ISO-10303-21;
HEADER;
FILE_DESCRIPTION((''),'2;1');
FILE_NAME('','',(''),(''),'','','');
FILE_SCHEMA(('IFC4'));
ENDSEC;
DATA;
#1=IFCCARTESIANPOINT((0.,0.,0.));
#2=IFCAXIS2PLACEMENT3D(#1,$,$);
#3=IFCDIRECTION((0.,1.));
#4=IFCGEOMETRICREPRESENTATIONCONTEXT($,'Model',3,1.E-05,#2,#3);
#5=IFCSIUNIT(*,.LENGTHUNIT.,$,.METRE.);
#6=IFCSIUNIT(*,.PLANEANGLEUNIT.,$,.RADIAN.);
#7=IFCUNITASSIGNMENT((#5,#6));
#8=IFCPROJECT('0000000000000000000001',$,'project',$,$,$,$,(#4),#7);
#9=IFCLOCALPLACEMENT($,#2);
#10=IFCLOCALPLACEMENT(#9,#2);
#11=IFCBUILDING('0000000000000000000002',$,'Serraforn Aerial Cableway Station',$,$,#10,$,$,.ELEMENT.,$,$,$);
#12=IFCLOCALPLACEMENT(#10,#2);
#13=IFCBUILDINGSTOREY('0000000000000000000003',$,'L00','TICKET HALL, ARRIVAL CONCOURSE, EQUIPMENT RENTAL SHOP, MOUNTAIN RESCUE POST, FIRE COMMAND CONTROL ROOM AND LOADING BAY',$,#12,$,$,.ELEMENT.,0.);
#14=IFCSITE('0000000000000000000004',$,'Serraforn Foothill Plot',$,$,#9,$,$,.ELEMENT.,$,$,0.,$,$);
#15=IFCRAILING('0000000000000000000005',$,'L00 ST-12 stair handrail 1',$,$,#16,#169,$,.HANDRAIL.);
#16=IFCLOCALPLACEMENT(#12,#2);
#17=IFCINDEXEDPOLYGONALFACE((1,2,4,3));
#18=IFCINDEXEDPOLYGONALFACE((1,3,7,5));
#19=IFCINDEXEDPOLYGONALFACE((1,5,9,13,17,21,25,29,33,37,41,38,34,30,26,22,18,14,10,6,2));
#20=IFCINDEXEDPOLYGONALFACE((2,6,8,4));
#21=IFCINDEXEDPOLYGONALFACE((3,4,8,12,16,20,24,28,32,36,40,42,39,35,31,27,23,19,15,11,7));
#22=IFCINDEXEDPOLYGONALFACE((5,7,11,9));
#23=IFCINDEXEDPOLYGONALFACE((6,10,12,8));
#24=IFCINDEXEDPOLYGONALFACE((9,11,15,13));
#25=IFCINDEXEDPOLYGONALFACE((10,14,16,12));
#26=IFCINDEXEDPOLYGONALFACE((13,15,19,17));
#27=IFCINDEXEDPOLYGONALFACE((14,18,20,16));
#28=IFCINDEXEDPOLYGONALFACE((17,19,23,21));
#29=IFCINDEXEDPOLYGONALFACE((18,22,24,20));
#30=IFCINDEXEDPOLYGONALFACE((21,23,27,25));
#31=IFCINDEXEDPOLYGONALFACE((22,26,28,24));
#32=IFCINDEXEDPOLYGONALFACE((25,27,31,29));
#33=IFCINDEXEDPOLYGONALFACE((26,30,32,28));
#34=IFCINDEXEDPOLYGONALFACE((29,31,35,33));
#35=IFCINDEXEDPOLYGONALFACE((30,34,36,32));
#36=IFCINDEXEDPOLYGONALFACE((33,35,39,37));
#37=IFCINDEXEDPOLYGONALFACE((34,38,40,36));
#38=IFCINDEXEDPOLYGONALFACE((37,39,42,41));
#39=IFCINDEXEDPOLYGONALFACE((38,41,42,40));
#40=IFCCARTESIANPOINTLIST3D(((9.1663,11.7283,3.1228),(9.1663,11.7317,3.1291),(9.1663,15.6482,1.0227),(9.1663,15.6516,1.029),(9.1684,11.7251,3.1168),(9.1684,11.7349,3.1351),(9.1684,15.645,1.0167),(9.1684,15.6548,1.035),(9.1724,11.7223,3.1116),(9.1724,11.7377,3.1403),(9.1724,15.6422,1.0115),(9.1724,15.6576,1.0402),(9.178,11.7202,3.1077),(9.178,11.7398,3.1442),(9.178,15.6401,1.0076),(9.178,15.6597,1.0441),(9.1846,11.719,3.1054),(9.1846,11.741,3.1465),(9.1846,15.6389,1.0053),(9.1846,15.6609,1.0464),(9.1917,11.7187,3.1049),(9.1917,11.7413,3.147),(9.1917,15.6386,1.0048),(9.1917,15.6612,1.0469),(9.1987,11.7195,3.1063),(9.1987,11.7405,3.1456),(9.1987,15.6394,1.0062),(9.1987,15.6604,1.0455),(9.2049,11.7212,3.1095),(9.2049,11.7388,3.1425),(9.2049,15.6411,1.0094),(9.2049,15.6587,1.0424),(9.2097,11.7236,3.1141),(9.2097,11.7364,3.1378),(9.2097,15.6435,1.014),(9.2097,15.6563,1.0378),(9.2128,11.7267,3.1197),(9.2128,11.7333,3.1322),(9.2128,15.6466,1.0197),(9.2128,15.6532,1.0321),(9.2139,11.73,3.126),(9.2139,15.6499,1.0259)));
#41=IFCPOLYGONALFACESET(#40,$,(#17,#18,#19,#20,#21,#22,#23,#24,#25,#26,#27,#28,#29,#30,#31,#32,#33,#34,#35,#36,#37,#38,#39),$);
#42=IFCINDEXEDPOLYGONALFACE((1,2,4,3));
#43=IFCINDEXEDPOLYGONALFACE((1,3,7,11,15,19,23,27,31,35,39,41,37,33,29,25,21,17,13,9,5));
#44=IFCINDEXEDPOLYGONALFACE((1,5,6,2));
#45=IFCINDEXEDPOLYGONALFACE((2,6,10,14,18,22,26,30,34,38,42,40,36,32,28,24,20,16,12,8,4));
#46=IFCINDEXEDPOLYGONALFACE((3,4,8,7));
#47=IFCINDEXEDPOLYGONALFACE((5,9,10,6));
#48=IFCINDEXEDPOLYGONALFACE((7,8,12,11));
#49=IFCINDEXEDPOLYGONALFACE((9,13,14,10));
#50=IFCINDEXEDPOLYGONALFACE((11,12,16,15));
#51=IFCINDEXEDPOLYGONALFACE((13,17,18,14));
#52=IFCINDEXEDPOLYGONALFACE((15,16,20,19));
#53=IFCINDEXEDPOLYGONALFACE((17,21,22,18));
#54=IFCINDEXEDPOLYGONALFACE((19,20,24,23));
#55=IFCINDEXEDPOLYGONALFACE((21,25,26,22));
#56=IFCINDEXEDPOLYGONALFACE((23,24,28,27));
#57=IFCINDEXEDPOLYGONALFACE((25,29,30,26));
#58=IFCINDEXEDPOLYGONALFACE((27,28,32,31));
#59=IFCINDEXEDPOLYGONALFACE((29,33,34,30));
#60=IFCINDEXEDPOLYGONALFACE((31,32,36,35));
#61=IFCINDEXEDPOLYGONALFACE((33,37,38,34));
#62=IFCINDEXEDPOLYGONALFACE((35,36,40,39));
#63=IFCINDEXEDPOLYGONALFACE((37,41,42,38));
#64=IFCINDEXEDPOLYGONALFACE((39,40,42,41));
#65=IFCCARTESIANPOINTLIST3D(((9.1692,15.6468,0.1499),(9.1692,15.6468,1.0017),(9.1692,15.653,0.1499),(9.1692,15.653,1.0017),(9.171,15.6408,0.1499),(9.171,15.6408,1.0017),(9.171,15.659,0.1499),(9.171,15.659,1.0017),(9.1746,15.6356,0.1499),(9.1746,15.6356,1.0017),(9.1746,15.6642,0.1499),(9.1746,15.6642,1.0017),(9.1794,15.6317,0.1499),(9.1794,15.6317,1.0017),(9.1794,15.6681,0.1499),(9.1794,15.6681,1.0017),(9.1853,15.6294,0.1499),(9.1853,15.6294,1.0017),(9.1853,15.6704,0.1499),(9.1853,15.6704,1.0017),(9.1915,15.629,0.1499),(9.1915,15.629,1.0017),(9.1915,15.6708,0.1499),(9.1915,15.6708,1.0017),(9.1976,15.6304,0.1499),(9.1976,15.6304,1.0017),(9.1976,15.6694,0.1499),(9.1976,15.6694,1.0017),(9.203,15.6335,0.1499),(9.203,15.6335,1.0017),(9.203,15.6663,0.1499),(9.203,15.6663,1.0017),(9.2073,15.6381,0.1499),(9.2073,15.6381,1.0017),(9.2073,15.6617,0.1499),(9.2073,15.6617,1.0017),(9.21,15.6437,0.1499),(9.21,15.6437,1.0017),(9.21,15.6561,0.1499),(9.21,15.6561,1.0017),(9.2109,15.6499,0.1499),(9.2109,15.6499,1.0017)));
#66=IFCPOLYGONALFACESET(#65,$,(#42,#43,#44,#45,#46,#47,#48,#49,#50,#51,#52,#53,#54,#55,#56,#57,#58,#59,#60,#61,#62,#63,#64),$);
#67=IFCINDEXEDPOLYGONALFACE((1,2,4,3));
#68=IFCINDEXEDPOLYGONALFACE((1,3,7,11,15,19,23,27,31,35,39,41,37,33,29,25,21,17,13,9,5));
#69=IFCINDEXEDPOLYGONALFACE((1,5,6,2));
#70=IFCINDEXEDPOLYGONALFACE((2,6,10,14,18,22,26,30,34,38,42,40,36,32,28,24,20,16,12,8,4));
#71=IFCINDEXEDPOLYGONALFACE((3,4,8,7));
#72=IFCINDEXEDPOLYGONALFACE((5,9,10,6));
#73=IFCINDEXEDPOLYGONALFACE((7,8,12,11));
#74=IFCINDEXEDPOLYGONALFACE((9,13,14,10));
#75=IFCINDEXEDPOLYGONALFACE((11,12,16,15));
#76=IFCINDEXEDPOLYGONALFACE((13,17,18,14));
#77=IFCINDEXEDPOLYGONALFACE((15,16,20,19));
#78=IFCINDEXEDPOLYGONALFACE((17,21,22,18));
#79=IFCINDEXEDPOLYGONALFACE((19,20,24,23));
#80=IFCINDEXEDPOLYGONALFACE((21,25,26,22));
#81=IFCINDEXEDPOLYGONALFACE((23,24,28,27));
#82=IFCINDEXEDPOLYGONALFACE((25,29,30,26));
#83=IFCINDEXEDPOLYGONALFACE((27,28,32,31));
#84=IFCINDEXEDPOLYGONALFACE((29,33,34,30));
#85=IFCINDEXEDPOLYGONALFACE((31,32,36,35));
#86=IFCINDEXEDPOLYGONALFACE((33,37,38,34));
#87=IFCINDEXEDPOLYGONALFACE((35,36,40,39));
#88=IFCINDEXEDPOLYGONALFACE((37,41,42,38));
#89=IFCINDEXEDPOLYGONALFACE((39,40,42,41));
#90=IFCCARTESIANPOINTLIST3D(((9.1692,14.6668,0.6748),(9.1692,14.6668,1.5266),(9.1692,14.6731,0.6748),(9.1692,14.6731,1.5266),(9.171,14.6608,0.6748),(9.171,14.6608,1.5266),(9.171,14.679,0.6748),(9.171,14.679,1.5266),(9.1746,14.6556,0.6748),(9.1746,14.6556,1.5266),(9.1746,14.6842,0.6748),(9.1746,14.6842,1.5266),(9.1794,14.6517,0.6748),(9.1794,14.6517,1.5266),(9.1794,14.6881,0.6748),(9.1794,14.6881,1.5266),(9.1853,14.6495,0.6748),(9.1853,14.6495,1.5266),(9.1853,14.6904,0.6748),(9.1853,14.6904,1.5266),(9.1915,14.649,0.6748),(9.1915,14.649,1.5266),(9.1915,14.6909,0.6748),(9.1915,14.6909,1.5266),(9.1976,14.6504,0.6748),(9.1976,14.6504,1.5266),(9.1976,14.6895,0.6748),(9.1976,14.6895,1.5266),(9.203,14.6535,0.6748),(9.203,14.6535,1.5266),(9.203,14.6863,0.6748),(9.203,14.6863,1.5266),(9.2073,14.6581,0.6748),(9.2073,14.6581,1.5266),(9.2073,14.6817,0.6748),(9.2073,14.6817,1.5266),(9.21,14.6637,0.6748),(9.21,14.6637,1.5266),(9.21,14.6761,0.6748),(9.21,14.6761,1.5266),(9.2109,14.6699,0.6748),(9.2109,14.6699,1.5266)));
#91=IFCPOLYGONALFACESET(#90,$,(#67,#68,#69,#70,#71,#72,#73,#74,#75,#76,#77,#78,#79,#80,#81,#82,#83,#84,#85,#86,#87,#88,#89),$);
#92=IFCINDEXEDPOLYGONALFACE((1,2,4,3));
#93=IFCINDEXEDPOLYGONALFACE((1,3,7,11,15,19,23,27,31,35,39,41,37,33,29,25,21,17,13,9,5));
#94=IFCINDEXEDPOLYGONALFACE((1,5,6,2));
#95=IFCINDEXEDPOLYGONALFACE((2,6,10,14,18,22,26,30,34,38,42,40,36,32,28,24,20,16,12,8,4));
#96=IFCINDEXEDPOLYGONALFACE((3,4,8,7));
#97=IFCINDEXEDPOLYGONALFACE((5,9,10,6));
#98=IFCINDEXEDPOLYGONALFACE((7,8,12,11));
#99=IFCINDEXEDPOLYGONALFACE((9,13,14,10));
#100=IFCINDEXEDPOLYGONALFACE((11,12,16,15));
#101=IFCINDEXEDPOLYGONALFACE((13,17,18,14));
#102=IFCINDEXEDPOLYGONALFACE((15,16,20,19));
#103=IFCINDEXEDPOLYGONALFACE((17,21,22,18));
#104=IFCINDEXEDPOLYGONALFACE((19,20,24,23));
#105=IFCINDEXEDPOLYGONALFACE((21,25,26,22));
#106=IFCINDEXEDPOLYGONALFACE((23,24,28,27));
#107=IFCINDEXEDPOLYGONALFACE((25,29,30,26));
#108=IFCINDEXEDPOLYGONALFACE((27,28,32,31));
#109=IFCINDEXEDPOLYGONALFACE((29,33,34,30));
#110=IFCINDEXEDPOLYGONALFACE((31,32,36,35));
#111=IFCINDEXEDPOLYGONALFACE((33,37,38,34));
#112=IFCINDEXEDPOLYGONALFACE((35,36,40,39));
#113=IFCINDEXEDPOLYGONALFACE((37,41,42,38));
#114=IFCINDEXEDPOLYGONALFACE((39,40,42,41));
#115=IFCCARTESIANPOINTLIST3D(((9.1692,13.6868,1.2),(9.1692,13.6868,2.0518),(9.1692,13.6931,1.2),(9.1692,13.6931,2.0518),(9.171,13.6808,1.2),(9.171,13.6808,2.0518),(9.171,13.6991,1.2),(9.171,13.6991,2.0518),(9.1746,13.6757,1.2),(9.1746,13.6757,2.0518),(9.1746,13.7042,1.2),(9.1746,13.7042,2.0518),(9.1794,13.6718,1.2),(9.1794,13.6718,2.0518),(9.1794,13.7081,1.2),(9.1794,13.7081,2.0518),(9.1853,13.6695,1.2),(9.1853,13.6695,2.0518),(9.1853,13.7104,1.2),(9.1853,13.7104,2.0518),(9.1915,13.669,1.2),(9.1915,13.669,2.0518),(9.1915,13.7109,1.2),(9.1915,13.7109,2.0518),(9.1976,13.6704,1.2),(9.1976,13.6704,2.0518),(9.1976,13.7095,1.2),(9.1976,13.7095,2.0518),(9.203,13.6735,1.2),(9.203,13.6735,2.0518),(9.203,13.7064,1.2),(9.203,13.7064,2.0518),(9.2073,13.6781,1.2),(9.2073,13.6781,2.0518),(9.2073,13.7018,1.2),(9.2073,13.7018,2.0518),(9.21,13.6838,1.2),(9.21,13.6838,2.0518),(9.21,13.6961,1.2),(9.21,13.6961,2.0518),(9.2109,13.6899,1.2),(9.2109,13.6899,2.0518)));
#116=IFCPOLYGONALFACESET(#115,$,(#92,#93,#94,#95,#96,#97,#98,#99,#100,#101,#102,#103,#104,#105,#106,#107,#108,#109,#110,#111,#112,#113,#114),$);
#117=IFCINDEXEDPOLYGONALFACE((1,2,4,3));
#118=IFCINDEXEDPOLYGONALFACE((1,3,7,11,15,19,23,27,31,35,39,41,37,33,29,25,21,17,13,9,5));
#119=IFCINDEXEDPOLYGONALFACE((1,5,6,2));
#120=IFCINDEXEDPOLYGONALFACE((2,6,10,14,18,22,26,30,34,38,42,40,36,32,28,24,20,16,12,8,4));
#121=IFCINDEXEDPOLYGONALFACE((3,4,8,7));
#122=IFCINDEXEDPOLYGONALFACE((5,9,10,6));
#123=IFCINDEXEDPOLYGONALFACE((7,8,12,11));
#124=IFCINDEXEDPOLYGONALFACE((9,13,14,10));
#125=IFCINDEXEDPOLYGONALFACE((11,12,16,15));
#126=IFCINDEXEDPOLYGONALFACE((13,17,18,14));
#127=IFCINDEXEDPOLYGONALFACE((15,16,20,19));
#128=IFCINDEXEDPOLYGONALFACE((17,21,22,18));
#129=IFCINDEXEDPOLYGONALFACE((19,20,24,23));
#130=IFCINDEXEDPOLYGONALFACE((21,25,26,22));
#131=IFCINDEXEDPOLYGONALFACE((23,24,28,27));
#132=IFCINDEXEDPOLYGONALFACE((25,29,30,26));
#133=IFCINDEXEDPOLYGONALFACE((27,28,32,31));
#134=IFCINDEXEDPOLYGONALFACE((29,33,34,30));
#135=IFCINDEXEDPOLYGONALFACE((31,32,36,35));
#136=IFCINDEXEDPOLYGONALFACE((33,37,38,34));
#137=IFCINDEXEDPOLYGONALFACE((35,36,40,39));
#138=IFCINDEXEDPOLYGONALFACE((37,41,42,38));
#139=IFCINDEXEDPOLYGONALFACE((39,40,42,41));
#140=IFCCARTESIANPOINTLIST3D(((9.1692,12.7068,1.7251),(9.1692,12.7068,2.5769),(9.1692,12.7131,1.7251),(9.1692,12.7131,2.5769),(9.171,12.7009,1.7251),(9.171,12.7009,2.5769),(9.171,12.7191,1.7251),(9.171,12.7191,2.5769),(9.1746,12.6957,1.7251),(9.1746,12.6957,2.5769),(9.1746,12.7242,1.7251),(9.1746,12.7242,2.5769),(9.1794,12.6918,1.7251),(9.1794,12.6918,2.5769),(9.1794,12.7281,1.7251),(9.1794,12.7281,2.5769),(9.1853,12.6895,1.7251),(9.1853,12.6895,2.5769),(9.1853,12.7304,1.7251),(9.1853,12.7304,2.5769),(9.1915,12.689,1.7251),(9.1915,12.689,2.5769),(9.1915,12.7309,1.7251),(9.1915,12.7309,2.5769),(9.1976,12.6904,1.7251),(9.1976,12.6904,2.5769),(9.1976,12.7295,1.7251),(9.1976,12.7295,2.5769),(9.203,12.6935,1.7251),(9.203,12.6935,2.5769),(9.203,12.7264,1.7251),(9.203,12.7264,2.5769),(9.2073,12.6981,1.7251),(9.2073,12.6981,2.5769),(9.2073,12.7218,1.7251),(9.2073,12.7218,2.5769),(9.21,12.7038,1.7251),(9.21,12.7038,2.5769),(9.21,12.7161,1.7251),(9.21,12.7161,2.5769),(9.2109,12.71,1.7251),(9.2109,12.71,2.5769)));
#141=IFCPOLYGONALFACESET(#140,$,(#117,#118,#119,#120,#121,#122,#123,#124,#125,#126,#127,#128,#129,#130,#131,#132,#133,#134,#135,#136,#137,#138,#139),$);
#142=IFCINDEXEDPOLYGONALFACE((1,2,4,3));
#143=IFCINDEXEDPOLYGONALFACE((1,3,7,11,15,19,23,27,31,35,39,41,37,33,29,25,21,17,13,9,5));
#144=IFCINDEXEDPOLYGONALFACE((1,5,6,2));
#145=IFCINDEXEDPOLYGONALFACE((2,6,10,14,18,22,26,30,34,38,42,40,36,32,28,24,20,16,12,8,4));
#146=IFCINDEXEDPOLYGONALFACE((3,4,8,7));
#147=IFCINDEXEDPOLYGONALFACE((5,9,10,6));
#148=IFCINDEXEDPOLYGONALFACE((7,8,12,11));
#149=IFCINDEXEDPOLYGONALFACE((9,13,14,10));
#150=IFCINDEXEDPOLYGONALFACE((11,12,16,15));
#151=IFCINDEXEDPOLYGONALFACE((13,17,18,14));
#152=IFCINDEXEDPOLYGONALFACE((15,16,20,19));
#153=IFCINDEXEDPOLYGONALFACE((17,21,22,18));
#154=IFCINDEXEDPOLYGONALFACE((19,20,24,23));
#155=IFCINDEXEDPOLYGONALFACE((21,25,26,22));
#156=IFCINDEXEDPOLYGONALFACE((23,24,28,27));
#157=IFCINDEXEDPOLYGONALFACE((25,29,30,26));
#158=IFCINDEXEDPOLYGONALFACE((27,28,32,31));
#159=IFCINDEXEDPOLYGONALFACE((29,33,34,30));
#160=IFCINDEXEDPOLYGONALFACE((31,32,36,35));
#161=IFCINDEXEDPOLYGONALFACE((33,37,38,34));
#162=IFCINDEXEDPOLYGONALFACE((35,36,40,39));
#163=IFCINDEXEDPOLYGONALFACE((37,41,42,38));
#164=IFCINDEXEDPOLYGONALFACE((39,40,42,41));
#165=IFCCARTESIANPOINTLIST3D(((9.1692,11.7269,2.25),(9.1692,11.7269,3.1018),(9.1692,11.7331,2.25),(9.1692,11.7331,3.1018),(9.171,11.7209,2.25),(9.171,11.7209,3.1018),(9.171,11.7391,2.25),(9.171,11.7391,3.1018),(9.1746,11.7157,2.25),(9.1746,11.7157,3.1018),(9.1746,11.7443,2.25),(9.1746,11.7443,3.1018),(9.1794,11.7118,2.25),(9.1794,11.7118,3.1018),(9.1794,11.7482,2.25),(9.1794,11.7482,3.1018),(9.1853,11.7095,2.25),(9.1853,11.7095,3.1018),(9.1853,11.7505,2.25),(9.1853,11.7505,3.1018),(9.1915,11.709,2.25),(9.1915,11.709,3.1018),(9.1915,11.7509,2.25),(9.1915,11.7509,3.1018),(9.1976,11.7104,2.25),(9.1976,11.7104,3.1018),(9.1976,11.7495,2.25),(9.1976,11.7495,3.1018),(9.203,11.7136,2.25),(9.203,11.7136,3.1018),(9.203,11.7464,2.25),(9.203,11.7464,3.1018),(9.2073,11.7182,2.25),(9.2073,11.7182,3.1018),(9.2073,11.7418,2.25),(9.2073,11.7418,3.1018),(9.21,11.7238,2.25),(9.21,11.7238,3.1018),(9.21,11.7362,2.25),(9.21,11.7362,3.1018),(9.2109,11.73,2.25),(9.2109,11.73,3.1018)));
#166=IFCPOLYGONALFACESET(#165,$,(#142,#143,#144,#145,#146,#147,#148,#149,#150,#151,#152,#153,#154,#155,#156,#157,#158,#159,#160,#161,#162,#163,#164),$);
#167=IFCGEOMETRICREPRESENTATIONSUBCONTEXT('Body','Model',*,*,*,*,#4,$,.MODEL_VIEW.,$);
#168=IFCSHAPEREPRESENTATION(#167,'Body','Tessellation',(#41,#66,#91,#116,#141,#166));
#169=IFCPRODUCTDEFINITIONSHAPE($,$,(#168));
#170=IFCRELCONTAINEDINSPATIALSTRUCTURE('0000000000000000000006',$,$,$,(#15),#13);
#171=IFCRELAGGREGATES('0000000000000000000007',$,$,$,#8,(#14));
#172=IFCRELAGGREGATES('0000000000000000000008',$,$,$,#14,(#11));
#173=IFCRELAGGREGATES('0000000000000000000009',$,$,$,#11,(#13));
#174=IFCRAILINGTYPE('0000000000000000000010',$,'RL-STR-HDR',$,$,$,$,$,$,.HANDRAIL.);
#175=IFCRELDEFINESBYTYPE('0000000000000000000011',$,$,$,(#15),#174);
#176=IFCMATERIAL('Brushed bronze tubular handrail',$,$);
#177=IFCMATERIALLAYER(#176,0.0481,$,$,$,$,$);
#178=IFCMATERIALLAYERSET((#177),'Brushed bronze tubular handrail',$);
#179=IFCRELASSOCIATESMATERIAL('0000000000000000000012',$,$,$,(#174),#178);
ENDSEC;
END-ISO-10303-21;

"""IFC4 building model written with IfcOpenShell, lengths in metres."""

from ifc_helpers import new_model, si_unit, direction, frame, origin, origin_2d, place, context, subcontext, project, spatial, circle, extrude, material, layer, layer_set, type_object, element, save


model = new_model("IFC4")

# Units and contexts
model_context = context("Model", 3, precision=1e-05, world=origin(), true_north=direction((0.0, 1.0)))
body_context = subcontext(model_context, "Body", "Model", "MODEL_VIEW")
ifc_project = project(units=[si_unit("LENGTHUNIT", "METRE"), si_unit("PLANEANGLEUNIT", "RADIAN")], contexts=[model_context])

# Site, building, storey
site_placement = place(None, origin())
site = spatial("IfcSite", under=ifc_project, at=site_placement, Name="Serraforn Foothill Plot", CompositionType="ELEMENT", RefElevation=0.0)
building_placement = place(site_placement, origin())
building = spatial("IfcBuilding", under=site, at=building_placement, Name="Serraforn Aerial Cableway Station", CompositionType="ELEMENT")
storey_placement = place(building_placement, origin())
storey = spatial("IfcBuildingStorey", under=building, at=storey_placement, Name="L00", Description="TICKET HALL, ARRIVAL CONCOURSE, EQUIPMENT RENTAL SHOP, MOUNTAIN RESCUE POST, FIRE COMMAND CONTROL ROOM AND LOADING BAY", CompositionType="ELEMENT", Elevation=0.0)

# Railing
ifc_material_1 = material(Name="Brushed bronze tubular handrail")
ifc_layer_1 = layer(ifc_material_1, 0.0481)
ifc_layer_set_1 = layer_set([ifc_layer_1], Name="Brushed bronze tubular handrail")
railing_type_1 = type_object("IfcRailingType", Name="RL-STR-HDR", PredefinedType="HANDRAIL", material=ifc_layer_set_1)
railing_1_placement = place(storey_placement, frame((9.1899, 15.6499, 0.1499)))
element("IfcRailing", 1, at=railing_1_placement, inside=storey, type_object=railing_type_1, Name="L00 ST-12 stair handrail 1", PredefinedType="HANDRAIL", context=body_context, shape_type="SweptSolid", body=[
    extrude(circle(Radius=0.0239, at=origin_2d()), frame((0.0, 0.0, 0.876), z_axis=(0.0, -0.881467, 0.472246), x_axis=(1.0, 0.0, 0.0)), (0.0, 0.0, 1.0), 4.447),
    extrude(circle(Radius=0.021, at=origin_2d()), origin(), (0.0, 0.0, 1.0), 0.8518),
    extrude(circle(Radius=0.021, at=origin_2d()), frame((0.0, -0.98, 0.5249)), (0.0, 0.0, 1.0), 0.8518),
    extrude(circle(Radius=0.021, at=origin_2d()), frame((0.0, -1.96, 1.05)), (0.0, 0.0, 1.0), 0.8518),
    extrude(circle(Radius=0.021, at=origin_2d()), frame((0.0, -2.9399, 1.5752)), (0.0, 0.0, 1.0), 0.8518),
    extrude(circle(Radius=0.021, at=origin_2d()), frame((0.0, -3.9199, 2.1001)), (0.0, 0.0, 1.0), 0.8518),
])

save(model, "model.ifc")
